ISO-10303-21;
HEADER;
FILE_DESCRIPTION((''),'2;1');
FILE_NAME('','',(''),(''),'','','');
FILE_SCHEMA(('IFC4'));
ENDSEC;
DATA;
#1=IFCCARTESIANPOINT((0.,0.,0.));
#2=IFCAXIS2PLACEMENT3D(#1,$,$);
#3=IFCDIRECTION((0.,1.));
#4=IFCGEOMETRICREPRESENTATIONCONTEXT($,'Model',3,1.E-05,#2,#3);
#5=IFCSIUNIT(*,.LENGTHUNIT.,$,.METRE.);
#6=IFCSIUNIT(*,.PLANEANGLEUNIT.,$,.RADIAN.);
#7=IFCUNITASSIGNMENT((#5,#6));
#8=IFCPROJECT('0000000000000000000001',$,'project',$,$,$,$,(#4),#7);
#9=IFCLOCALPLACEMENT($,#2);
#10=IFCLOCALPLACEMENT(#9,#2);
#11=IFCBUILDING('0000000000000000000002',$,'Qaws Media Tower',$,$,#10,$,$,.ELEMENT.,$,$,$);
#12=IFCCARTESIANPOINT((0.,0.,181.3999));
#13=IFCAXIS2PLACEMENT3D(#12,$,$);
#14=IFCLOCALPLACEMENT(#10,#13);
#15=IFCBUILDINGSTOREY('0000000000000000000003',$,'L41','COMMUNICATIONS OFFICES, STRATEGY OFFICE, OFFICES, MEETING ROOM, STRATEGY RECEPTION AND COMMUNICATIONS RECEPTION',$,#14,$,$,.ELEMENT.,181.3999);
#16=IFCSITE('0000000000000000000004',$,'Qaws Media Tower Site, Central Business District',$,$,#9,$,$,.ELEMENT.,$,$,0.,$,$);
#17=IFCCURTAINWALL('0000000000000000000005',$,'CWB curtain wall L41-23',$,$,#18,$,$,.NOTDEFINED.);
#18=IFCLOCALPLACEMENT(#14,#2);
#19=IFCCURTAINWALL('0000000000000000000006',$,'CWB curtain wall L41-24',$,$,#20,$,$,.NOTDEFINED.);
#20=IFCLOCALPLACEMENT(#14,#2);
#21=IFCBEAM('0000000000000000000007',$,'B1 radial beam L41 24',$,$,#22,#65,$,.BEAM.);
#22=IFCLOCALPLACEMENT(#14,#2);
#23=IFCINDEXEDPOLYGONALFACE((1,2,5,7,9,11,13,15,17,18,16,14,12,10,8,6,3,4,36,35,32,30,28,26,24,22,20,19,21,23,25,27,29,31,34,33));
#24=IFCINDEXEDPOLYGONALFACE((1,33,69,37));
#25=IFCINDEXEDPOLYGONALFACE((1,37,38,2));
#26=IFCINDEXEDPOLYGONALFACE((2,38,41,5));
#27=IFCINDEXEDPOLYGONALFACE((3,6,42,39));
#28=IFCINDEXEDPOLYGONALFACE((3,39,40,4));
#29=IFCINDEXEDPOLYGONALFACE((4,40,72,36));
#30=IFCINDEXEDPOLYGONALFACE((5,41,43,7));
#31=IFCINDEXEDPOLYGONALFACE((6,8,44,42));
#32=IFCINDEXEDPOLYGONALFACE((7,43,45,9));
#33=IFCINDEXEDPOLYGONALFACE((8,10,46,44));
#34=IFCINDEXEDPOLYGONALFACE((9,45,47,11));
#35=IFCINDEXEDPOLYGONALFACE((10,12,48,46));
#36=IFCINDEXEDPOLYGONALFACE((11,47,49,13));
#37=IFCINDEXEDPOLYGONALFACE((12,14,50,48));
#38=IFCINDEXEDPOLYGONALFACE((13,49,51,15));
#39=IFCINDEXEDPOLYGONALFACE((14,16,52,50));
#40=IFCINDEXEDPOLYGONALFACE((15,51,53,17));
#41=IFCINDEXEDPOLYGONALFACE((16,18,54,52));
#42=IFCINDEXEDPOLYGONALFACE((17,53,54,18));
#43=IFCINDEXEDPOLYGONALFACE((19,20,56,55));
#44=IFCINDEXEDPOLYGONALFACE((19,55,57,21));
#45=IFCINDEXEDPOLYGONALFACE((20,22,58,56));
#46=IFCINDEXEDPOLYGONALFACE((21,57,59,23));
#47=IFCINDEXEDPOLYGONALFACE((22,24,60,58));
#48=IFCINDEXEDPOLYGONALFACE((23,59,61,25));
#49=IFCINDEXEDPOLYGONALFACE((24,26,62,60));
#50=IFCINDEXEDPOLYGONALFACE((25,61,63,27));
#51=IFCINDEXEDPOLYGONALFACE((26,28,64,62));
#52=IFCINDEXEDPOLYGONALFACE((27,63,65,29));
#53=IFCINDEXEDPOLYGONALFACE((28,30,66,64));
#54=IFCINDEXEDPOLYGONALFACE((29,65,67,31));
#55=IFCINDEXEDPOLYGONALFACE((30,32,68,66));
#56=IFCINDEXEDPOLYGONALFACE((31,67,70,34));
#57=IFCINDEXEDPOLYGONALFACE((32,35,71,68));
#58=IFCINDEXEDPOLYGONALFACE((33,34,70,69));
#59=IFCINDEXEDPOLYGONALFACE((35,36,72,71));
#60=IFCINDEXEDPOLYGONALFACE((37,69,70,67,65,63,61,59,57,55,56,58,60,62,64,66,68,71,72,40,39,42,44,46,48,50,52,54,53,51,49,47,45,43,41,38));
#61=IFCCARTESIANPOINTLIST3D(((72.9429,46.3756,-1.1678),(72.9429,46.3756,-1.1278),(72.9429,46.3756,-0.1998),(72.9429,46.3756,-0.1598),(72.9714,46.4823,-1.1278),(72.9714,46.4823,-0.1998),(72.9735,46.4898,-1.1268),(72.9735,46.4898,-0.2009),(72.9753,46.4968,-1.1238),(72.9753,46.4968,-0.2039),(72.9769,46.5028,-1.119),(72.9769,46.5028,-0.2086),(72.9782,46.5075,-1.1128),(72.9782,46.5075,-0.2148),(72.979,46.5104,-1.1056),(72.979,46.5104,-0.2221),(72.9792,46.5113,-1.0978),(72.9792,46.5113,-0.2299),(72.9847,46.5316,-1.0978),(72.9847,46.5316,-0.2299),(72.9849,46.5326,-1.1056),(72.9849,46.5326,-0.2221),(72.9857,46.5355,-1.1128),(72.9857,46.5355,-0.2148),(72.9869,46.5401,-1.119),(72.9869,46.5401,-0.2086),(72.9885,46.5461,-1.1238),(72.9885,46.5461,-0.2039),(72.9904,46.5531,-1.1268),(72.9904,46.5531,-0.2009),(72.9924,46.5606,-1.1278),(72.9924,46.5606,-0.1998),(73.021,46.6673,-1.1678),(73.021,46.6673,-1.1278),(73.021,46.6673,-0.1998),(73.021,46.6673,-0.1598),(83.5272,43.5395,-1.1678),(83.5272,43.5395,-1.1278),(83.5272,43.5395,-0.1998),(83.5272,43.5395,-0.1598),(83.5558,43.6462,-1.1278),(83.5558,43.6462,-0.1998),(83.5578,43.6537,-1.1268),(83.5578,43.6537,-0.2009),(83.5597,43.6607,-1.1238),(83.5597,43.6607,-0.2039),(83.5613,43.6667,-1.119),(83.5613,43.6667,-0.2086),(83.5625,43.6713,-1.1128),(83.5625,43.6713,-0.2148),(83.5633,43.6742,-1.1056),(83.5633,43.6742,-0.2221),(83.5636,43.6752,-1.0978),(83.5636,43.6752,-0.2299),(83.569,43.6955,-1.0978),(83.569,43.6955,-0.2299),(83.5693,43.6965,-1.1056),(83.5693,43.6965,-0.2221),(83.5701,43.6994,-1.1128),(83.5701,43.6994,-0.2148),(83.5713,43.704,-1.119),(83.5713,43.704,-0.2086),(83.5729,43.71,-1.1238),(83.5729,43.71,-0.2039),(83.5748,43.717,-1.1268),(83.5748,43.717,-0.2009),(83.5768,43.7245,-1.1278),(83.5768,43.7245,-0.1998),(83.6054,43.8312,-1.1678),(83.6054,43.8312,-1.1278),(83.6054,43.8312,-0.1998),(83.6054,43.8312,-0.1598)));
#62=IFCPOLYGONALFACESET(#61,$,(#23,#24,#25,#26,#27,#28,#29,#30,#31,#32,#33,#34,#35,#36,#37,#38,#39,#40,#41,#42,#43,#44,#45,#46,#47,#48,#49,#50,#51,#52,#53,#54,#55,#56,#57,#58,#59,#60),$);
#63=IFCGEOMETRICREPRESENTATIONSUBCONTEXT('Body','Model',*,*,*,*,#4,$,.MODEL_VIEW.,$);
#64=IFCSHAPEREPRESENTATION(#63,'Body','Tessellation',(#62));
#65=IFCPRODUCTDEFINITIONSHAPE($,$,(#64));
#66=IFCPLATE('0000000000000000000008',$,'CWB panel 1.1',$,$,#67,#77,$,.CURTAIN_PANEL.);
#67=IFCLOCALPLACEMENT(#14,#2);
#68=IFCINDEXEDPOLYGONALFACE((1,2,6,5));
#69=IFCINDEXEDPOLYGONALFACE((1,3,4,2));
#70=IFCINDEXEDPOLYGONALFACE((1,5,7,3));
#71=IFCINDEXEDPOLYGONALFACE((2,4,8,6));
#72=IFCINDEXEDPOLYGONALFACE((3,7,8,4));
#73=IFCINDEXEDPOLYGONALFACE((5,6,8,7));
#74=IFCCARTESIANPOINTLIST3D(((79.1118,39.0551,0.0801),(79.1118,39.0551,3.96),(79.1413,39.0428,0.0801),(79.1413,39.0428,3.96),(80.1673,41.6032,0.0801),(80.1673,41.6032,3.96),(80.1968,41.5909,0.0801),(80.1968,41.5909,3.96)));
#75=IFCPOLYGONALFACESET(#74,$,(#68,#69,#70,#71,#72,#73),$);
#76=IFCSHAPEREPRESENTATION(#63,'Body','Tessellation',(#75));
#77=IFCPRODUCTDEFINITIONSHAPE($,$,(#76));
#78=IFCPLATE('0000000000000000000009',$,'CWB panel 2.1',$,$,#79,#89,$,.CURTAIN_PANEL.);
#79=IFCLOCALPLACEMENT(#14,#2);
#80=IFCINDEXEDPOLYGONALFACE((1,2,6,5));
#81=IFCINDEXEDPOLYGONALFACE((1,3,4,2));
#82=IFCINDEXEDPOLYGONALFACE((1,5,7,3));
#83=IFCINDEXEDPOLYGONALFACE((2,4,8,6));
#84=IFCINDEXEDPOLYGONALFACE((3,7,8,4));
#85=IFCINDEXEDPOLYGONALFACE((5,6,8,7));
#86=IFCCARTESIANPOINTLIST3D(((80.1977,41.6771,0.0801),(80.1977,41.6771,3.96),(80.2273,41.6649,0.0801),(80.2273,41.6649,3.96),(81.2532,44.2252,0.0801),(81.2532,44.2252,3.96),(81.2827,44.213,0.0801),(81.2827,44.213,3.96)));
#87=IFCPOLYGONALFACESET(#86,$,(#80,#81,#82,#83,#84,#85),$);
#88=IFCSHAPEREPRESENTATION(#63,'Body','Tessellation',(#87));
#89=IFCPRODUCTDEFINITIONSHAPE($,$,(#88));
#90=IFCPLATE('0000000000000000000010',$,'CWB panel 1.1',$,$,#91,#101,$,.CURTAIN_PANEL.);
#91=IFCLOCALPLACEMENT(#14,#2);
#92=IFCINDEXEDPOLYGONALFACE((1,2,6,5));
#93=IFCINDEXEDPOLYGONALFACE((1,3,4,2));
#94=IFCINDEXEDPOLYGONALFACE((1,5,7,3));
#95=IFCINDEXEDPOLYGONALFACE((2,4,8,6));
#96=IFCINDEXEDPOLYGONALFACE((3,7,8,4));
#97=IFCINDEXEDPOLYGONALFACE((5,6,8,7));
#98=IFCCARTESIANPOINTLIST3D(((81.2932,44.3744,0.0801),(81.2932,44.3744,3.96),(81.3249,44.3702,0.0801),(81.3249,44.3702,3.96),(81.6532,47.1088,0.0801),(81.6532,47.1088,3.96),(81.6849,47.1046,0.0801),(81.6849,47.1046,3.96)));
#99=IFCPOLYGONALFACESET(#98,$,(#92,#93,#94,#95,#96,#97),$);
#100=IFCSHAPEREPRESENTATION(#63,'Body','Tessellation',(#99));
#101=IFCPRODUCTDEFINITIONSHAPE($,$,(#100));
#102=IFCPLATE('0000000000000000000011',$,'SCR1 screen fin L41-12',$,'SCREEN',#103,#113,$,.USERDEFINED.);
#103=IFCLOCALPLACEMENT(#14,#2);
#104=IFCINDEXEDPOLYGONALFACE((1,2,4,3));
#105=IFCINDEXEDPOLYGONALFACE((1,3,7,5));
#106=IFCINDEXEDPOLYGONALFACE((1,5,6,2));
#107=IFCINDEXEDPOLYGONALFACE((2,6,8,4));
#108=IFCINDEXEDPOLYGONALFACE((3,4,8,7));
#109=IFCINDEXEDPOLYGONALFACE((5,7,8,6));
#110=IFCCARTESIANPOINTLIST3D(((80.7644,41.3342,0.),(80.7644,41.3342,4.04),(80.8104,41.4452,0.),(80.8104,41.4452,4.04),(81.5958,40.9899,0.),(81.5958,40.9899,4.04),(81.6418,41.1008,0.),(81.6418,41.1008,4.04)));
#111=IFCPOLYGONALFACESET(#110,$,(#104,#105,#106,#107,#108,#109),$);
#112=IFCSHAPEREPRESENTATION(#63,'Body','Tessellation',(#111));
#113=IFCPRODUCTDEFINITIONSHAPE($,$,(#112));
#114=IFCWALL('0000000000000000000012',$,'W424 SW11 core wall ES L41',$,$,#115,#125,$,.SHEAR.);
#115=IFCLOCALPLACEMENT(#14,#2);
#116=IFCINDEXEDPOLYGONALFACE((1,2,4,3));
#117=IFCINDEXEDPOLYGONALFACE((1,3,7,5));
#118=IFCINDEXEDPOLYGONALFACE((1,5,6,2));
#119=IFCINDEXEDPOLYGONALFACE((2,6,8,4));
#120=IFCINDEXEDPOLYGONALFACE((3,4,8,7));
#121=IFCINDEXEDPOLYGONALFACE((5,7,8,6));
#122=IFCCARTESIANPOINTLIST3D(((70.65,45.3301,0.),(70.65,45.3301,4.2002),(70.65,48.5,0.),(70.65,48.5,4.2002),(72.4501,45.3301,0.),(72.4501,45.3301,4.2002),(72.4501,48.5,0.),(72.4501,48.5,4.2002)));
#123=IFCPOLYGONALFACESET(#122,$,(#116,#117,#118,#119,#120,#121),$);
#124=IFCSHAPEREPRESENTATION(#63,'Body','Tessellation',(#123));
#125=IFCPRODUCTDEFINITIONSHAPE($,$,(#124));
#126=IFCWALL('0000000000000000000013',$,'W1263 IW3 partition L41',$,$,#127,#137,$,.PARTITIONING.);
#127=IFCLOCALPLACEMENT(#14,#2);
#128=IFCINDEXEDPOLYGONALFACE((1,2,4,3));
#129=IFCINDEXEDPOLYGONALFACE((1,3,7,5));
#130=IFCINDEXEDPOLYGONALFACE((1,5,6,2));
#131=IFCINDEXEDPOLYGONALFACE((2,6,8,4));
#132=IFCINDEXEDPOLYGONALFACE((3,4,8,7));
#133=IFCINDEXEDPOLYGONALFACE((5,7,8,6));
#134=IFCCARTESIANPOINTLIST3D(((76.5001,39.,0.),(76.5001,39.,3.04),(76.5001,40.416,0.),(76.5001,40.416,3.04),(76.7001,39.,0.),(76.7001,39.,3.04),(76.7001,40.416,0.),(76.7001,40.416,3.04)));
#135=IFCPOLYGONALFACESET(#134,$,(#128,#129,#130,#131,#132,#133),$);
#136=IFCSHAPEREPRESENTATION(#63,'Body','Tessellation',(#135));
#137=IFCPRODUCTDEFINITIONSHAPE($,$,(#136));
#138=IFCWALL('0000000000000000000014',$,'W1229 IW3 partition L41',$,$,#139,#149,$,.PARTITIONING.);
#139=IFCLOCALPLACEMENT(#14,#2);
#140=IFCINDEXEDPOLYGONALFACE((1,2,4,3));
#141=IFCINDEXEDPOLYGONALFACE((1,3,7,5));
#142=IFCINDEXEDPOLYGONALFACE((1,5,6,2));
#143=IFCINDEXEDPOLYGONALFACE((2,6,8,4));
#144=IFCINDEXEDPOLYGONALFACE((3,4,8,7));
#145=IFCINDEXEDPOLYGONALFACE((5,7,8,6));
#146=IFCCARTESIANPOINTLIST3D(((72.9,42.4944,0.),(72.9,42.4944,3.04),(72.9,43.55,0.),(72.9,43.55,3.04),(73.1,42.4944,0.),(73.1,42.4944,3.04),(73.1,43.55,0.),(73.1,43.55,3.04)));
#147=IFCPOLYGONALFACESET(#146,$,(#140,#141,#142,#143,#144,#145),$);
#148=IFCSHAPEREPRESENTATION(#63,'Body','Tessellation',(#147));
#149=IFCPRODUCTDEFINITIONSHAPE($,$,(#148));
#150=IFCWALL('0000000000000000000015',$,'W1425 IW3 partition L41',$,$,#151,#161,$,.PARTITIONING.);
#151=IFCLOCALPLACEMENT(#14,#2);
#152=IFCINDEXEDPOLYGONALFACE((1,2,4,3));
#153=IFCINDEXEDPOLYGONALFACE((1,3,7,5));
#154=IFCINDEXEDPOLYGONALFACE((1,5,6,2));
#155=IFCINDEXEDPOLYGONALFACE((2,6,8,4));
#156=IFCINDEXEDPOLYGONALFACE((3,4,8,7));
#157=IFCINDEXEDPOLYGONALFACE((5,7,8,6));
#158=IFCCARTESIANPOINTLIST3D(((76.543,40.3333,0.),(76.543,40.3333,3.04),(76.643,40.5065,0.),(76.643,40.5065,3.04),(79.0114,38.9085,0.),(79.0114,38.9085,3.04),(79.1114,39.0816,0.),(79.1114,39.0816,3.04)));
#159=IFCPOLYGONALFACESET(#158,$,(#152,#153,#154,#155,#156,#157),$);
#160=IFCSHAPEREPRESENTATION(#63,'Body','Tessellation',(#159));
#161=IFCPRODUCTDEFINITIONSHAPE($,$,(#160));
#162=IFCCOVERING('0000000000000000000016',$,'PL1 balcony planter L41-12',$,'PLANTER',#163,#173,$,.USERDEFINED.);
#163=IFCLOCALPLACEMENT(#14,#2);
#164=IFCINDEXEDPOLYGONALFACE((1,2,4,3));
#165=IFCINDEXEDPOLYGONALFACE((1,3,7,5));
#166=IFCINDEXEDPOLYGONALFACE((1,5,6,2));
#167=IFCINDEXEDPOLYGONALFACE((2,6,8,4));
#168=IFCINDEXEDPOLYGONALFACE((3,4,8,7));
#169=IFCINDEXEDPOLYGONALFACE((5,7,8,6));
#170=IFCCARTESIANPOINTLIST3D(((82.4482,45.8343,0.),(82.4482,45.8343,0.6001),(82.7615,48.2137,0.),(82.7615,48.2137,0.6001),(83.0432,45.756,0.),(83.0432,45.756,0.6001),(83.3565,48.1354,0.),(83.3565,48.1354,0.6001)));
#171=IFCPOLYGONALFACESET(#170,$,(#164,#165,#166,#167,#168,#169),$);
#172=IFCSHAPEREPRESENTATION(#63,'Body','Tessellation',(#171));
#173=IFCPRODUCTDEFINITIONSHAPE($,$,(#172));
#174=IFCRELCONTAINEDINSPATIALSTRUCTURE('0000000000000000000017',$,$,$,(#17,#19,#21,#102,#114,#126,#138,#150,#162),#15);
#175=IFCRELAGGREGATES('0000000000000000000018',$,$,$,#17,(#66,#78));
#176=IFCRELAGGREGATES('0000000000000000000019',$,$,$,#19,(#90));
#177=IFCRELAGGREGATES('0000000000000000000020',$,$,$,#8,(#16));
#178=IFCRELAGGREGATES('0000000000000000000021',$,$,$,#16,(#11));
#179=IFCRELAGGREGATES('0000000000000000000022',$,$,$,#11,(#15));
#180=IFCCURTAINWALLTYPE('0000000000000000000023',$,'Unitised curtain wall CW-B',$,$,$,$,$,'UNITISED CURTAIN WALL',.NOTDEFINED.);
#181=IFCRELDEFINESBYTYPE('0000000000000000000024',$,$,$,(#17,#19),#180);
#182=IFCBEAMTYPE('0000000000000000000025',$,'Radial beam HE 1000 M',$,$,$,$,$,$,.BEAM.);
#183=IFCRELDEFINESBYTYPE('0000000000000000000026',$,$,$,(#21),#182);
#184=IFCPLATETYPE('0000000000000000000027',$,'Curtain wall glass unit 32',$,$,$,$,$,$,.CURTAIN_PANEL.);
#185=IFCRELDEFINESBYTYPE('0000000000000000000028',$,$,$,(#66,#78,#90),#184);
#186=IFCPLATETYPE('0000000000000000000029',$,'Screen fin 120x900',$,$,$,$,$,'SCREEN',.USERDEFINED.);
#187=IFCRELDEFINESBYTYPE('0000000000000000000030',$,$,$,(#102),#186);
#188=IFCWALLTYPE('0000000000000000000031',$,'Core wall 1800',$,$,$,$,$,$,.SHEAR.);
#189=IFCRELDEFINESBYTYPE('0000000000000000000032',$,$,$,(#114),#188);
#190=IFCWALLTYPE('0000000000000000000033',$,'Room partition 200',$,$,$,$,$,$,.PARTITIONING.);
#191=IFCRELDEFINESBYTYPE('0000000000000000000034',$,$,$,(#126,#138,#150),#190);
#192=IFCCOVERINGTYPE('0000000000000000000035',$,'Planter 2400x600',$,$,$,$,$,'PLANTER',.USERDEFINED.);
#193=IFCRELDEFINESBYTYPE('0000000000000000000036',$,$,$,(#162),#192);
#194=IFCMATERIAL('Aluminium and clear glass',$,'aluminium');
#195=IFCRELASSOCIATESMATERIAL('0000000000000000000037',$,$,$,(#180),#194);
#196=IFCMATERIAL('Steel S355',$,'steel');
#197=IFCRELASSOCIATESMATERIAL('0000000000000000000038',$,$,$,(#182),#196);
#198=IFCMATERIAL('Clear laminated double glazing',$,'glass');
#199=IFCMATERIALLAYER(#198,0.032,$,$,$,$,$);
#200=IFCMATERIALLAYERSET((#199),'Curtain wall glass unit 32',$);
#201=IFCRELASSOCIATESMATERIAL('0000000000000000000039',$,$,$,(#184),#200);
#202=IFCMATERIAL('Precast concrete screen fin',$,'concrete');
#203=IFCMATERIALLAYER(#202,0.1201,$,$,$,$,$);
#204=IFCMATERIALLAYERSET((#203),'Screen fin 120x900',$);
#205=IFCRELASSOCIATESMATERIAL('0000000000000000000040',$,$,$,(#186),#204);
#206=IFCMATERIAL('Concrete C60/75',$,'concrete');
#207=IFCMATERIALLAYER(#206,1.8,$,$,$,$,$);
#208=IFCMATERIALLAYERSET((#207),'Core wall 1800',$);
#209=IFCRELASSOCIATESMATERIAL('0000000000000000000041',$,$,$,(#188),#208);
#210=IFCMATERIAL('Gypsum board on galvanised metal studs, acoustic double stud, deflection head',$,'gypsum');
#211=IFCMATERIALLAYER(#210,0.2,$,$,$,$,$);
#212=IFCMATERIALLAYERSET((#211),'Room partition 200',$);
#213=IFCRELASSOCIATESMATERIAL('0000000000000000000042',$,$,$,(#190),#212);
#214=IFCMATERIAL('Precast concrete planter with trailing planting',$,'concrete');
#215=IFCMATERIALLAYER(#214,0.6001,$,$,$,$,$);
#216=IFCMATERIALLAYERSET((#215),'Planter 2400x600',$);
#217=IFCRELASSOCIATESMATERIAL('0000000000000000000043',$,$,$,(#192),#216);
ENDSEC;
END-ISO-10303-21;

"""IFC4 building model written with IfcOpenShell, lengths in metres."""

from ifc_helpers import new_model, si_unit, direction, frame, frame_2d, origin, origin_2d, place, context, subcontext, project, spatial, rectangle, i_section, extrude, material, layer, layer_set, material_profile, profile_set, type_object, element, aggregate, save


model = new_model("IFC4")

# Units and contexts
model_context = context("Model", 3, precision=1e-05, world=origin(), true_north=direction((0.0, 1.0)))
body_context = subcontext(model_context, "Body", "Model", "MODEL_VIEW")
ifc_project = project(units=[si_unit("LENGTHUNIT", "METRE"), si_unit("PLANEANGLEUNIT", "RADIAN")], contexts=[model_context])

# Site, building, storey
site_placement = place(None, origin())
site = spatial("IfcSite", under=ifc_project, at=site_placement, Name="Qaws Media Tower Site, Central Business District", CompositionType="ELEMENT", RefElevation=0.0)
building_placement = place(site_placement, origin())
building = spatial("IfcBuilding", under=site, at=building_placement, Name="Qaws Media Tower", CompositionType="ELEMENT")
storey_placement = place(building_placement, frame((0.0, 0.0, 181.3999)))
storey = spatial("IfcBuildingStorey", under=building, at=storey_placement, Name="L41", Description="COMMUNICATIONS OFFICES, STRATEGY OFFICE, OFFICES, MEETING ROOM, STRATEGY RECEPTION AND COMMUNICATIONS RECEPTION", CompositionType="ELEMENT", Elevation=181.3999)

# Curtain walls
ifc_material_1 = material(Name="Aluminium and clear glass", Category="aluminium")
curtain_wall_type = type_object("IfcCurtainWallType", Name="Unitised curtain wall CW-B", ElementType="UNITISED CURTAIN WALL", PredefinedType="NOTDEFINED", material=ifc_material_1)
curtain_wall_1_placement = place(storey_placement, origin())
curtain_wall_1 = element("IfcCurtainWall", 1, at=curtain_wall_1_placement, inside=storey, type_object=curtain_wall_type, Name="CWB curtain wall L41-23", PredefinedType="NOTDEFINED")
curtain_wall_2_placement = place(storey_placement, origin())
curtain_wall_2 = element("IfcCurtainWall", 2, at=curtain_wall_2_placement, inside=storey, type_object=curtain_wall_type, Name="CWB curtain wall L41-24", PredefinedType="NOTDEFINED")

# Beam
ifc_material_2 = material(Name="Steel S355", Category="steel")
ifc_material_profile_1 = material_profile(ifc_material_2, i_section(OverallWidth=0.302, OverallDepth=1.0081, WebThickness=0.021, FlangeThickness=0.04, FilletRadius=0.03, at=origin_2d()), Name="HE 1000 M")
ifc_profile_set_1 = profile_set([ifc_material_profile_1], Name="Steel S355")
beam_type_1 = type_object("IfcBeamType", Name="Radial beam HE 1000 M", PredefinedType="BEAM", material=ifc_profile_set_1)
beam_1_placement = place(storey_placement, frame((72.9819, 46.5215, -0.6638), z_axis=(0.965924, -0.258826, 0.0), x_axis=(0.258826, 0.965924, 0.0)))
element("IfcBeam", 3, at=beam_1_placement, inside=storey, type_object=beam_type_1, Name="B1 radial beam L41 24", PredefinedType="BEAM", context=body_context, shape_type="SweptSolid", body=[
    extrude(i_section(OverallWidth=0.302, OverallDepth=1.0081, WebThickness=0.021, FlangeThickness=0.04, FilletRadius=0.03, at=origin_2d()), origin(), (0.0, 0.0, 1.0), 10.9578),
])

# Plates
ifc_material_3 = material(Name="Clear laminated double glazing", Category="glass")
ifc_layer_1 = layer(ifc_material_3, 0.032)
ifc_layer_set_1 = layer_set([ifc_layer_1], Name="Curtain wall glass unit 32")
plate_type_1 = type_object("IfcPlateType", Name="Curtain wall glass unit 32", PredefinedType="CURTAIN_PANEL", material=ifc_layer_set_1)
plate_1_placement = place(storey_placement, frame((79.6543, 40.323, 0.0801), z_axis=(0.0, 0.0, 1.0), x_axis=(0.382683, 0.92388, 0.0)))
plate_1 = element("IfcPlate", 4, at=plate_1_placement, type_object=plate_type_1, Name="CWB panel 1.1", PredefinedType="CURTAIN_PANEL", context=body_context, shape_type="SweptSolid", body=[
    extrude(rectangle(XDim=2.7581, YDim=0.032, at=origin_2d()), origin(), (0.0, 0.0, 1.0), 3.8799),
])
plate_2_placement = place(storey_placement, frame((80.7402, 42.9451, 0.0801), z_axis=(0.0, 0.0, 1.0), x_axis=(0.382683, 0.92388, 0.0)))
plate_2 = element("IfcPlate", 5, at=plate_2_placement, type_object=plate_type_1, Name="CWB panel 2.1", PredefinedType="CURTAIN_PANEL", context=body_context, shape_type="SweptSolid", body=[
    extrude(rectangle(XDim=2.7581, YDim=0.032, at=origin_2d()), origin(), (0.0, 0.0, 1.0), 3.8799),
])
aggregate(curtain_wall_1, [plate_1, plate_2])
plate_3_placement = place(storey_placement, frame((81.489, 45.7395, 0.0801), z_axis=(0.0, 0.0, 1.0), x_axis=(0.130526, 0.991445, 0.0)))
plate_3 = element("IfcPlate", 6, at=plate_3_placement, type_object=plate_type_1, Name="CWB panel 1.1", PredefinedType="CURTAIN_PANEL", context=body_context, shape_type="SweptSolid", body=[
    extrude(rectangle(XDim=2.7581, YDim=0.032, at=origin_2d()), origin(), (0.0, 0.0, 1.0), 3.8799),
])
aggregate(curtain_wall_2, [plate_3])
ifc_material_4 = material(Name="Precast concrete screen fin", Category="concrete")
ifc_layer_2 = layer(ifc_material_4, 0.1201)
ifc_layer_set_2 = layer_set([ifc_layer_2], Name="Screen fin 120x900")
plate_type_2 = type_object("IfcPlateType", Name="Screen fin 120x900", ElementType="SCREEN", PredefinedType="USERDEFINED", material=ifc_layer_set_2)
plate_4_placement = place(storey_placement, frame((81.2031, 41.2175, 0.0), z_axis=(0.0, 0.0, 1.0), x_axis=(0.92388, -0.382683, 0.0)))
element("IfcPlate", 7, at=plate_4_placement, inside=storey, type_object=plate_type_2, Name="SCR1 screen fin L41-12", ObjectType="SCREEN", PredefinedType="USERDEFINED", context=body_context, shape_type="SweptSolid", body=[
    extrude(rectangle(XDim=0.8999, YDim=0.1201, at=origin_2d()), origin(), (0.0, 0.0, 1.0), 4.04),
])

# Walls
ifc_material_5 = material(Name="Concrete C60/75", Category="concrete")
ifc_layer_3 = layer(ifc_material_5, 1.8)
ifc_layer_set_3 = layer_set([ifc_layer_3], Name="Core wall 1800")
wall_type_1 = type_object("IfcWallType", Name="Core wall 1800", PredefinedType="SHEAR", material=ifc_layer_set_3)
wall_1_placement = place(storey_placement, frame((71.55, 45.3301, 0.0), z_axis=(0.0, 0.0, 1.0), x_axis=(0.0, 1.0, 0.0)))
element("IfcWall", 8, at=wall_1_placement, inside=storey, type_object=wall_type_1, Name="W424 SW11 core wall ES L41", PredefinedType="SHEAR", context=body_context, shape_type="SweptSolid", body=[
    extrude(rectangle(XDim=3.1699, YDim=1.8, at=frame_2d((1.585, 0.0))), origin(), (0.0, 0.0, 1.0), 4.2002),
])
ifc_material_6 = material(Name="Gypsum board on galvanised metal studs, acoustic double stud, deflection head", Category="gypsum")
ifc_layer_4 = layer(ifc_material_6, 0.2)
ifc_layer_set_4 = layer_set([ifc_layer_4], Name="Room partition 200")
wall_type_2 = type_object("IfcWallType", Name="Room partition 200", PredefinedType="PARTITIONING", material=ifc_layer_set_4)
wall_2_placement = place(storey_placement, frame((76.6001, 40.416, 0.0), z_axis=(0.0, 0.0, 1.0), x_axis=(0.0, -1.0, 0.0)))
element("IfcWall", 9, at=wall_2_placement, inside=storey, type_object=wall_type_2, Name="W1263 IW3 partition L41", PredefinedType="PARTITIONING", context=body_context, shape_type="SweptSolid", body=[
    extrude(rectangle(XDim=1.416, YDim=0.2, at=frame_2d((0.708, 0.0))), origin(), (0.0, 0.0, 1.0), 3.04),
])
wall_3_placement = place(storey_placement, frame((73.0, 42.4944, 0.0), z_axis=(0.0, 0.0, 1.0), x_axis=(0.0, 1.0, 0.0)))
element("IfcWall", 10, at=wall_3_placement, inside=storey, type_object=wall_type_2, Name="W1229 IW3 partition L41", PredefinedType="PARTITIONING", context=body_context, shape_type="SweptSolid", body=[
    extrude(rectangle(XDim=1.0557, YDim=0.2, at=frame_2d((0.5278, 0.0))), origin(), (0.0, 0.0, 1.0), 3.04),
])
wall_4_placement = place(storey_placement, frame((76.593, 40.4199, 0.0), z_axis=(0.0, 0.0, 1.0), x_axis=(0.866063, -0.499935, 0.0)))
element("IfcWall", 11, at=wall_4_placement, inside=storey, type_object=wall_type_2, Name="W1425 IW3 partition L41", PredefinedType="PARTITIONING", context=body_context, shape_type="SweptSolid", body=[
    extrude(rectangle(XDim=2.8501, YDim=0.2, at=frame_2d((1.425, 0.0))), origin(), (0.0, 0.0, 1.0), 3.04),
])

# Covering
ifc_material_7 = material(Name="Precast concrete planter with trailing planting", Category="concrete")
ifc_layer_5 = layer(ifc_material_7, 0.6001)
ifc_layer_set_5 = layer_set([ifc_layer_5], Name="Planter 2400x600")
covering_type = type_object("IfcCoveringType", Name="Planter 2400x600", ElementType="PLANTER", PredefinedType="USERDEFINED", material=ifc_layer_set_5)
covering_placement = place(storey_placement, frame((82.9023, 46.9849, 0.0), z_axis=(0.0, 0.0, 1.0), x_axis=(0.130526, 0.991445, 0.0)))
element("IfcCovering", 12, at=covering_placement, inside=storey, type_object=covering_type, Name="PL1 balcony planter L41-12", ObjectType="PLANTER", PredefinedType="USERDEFINED", context=body_context, shape_type="SweptSolid", body=[
    extrude(rectangle(XDim=2.3999, YDim=0.6001, at=origin_2d()), origin(), (0.0, 0.0, 1.0), 0.6001),
])

save(model, "model.ifc")
